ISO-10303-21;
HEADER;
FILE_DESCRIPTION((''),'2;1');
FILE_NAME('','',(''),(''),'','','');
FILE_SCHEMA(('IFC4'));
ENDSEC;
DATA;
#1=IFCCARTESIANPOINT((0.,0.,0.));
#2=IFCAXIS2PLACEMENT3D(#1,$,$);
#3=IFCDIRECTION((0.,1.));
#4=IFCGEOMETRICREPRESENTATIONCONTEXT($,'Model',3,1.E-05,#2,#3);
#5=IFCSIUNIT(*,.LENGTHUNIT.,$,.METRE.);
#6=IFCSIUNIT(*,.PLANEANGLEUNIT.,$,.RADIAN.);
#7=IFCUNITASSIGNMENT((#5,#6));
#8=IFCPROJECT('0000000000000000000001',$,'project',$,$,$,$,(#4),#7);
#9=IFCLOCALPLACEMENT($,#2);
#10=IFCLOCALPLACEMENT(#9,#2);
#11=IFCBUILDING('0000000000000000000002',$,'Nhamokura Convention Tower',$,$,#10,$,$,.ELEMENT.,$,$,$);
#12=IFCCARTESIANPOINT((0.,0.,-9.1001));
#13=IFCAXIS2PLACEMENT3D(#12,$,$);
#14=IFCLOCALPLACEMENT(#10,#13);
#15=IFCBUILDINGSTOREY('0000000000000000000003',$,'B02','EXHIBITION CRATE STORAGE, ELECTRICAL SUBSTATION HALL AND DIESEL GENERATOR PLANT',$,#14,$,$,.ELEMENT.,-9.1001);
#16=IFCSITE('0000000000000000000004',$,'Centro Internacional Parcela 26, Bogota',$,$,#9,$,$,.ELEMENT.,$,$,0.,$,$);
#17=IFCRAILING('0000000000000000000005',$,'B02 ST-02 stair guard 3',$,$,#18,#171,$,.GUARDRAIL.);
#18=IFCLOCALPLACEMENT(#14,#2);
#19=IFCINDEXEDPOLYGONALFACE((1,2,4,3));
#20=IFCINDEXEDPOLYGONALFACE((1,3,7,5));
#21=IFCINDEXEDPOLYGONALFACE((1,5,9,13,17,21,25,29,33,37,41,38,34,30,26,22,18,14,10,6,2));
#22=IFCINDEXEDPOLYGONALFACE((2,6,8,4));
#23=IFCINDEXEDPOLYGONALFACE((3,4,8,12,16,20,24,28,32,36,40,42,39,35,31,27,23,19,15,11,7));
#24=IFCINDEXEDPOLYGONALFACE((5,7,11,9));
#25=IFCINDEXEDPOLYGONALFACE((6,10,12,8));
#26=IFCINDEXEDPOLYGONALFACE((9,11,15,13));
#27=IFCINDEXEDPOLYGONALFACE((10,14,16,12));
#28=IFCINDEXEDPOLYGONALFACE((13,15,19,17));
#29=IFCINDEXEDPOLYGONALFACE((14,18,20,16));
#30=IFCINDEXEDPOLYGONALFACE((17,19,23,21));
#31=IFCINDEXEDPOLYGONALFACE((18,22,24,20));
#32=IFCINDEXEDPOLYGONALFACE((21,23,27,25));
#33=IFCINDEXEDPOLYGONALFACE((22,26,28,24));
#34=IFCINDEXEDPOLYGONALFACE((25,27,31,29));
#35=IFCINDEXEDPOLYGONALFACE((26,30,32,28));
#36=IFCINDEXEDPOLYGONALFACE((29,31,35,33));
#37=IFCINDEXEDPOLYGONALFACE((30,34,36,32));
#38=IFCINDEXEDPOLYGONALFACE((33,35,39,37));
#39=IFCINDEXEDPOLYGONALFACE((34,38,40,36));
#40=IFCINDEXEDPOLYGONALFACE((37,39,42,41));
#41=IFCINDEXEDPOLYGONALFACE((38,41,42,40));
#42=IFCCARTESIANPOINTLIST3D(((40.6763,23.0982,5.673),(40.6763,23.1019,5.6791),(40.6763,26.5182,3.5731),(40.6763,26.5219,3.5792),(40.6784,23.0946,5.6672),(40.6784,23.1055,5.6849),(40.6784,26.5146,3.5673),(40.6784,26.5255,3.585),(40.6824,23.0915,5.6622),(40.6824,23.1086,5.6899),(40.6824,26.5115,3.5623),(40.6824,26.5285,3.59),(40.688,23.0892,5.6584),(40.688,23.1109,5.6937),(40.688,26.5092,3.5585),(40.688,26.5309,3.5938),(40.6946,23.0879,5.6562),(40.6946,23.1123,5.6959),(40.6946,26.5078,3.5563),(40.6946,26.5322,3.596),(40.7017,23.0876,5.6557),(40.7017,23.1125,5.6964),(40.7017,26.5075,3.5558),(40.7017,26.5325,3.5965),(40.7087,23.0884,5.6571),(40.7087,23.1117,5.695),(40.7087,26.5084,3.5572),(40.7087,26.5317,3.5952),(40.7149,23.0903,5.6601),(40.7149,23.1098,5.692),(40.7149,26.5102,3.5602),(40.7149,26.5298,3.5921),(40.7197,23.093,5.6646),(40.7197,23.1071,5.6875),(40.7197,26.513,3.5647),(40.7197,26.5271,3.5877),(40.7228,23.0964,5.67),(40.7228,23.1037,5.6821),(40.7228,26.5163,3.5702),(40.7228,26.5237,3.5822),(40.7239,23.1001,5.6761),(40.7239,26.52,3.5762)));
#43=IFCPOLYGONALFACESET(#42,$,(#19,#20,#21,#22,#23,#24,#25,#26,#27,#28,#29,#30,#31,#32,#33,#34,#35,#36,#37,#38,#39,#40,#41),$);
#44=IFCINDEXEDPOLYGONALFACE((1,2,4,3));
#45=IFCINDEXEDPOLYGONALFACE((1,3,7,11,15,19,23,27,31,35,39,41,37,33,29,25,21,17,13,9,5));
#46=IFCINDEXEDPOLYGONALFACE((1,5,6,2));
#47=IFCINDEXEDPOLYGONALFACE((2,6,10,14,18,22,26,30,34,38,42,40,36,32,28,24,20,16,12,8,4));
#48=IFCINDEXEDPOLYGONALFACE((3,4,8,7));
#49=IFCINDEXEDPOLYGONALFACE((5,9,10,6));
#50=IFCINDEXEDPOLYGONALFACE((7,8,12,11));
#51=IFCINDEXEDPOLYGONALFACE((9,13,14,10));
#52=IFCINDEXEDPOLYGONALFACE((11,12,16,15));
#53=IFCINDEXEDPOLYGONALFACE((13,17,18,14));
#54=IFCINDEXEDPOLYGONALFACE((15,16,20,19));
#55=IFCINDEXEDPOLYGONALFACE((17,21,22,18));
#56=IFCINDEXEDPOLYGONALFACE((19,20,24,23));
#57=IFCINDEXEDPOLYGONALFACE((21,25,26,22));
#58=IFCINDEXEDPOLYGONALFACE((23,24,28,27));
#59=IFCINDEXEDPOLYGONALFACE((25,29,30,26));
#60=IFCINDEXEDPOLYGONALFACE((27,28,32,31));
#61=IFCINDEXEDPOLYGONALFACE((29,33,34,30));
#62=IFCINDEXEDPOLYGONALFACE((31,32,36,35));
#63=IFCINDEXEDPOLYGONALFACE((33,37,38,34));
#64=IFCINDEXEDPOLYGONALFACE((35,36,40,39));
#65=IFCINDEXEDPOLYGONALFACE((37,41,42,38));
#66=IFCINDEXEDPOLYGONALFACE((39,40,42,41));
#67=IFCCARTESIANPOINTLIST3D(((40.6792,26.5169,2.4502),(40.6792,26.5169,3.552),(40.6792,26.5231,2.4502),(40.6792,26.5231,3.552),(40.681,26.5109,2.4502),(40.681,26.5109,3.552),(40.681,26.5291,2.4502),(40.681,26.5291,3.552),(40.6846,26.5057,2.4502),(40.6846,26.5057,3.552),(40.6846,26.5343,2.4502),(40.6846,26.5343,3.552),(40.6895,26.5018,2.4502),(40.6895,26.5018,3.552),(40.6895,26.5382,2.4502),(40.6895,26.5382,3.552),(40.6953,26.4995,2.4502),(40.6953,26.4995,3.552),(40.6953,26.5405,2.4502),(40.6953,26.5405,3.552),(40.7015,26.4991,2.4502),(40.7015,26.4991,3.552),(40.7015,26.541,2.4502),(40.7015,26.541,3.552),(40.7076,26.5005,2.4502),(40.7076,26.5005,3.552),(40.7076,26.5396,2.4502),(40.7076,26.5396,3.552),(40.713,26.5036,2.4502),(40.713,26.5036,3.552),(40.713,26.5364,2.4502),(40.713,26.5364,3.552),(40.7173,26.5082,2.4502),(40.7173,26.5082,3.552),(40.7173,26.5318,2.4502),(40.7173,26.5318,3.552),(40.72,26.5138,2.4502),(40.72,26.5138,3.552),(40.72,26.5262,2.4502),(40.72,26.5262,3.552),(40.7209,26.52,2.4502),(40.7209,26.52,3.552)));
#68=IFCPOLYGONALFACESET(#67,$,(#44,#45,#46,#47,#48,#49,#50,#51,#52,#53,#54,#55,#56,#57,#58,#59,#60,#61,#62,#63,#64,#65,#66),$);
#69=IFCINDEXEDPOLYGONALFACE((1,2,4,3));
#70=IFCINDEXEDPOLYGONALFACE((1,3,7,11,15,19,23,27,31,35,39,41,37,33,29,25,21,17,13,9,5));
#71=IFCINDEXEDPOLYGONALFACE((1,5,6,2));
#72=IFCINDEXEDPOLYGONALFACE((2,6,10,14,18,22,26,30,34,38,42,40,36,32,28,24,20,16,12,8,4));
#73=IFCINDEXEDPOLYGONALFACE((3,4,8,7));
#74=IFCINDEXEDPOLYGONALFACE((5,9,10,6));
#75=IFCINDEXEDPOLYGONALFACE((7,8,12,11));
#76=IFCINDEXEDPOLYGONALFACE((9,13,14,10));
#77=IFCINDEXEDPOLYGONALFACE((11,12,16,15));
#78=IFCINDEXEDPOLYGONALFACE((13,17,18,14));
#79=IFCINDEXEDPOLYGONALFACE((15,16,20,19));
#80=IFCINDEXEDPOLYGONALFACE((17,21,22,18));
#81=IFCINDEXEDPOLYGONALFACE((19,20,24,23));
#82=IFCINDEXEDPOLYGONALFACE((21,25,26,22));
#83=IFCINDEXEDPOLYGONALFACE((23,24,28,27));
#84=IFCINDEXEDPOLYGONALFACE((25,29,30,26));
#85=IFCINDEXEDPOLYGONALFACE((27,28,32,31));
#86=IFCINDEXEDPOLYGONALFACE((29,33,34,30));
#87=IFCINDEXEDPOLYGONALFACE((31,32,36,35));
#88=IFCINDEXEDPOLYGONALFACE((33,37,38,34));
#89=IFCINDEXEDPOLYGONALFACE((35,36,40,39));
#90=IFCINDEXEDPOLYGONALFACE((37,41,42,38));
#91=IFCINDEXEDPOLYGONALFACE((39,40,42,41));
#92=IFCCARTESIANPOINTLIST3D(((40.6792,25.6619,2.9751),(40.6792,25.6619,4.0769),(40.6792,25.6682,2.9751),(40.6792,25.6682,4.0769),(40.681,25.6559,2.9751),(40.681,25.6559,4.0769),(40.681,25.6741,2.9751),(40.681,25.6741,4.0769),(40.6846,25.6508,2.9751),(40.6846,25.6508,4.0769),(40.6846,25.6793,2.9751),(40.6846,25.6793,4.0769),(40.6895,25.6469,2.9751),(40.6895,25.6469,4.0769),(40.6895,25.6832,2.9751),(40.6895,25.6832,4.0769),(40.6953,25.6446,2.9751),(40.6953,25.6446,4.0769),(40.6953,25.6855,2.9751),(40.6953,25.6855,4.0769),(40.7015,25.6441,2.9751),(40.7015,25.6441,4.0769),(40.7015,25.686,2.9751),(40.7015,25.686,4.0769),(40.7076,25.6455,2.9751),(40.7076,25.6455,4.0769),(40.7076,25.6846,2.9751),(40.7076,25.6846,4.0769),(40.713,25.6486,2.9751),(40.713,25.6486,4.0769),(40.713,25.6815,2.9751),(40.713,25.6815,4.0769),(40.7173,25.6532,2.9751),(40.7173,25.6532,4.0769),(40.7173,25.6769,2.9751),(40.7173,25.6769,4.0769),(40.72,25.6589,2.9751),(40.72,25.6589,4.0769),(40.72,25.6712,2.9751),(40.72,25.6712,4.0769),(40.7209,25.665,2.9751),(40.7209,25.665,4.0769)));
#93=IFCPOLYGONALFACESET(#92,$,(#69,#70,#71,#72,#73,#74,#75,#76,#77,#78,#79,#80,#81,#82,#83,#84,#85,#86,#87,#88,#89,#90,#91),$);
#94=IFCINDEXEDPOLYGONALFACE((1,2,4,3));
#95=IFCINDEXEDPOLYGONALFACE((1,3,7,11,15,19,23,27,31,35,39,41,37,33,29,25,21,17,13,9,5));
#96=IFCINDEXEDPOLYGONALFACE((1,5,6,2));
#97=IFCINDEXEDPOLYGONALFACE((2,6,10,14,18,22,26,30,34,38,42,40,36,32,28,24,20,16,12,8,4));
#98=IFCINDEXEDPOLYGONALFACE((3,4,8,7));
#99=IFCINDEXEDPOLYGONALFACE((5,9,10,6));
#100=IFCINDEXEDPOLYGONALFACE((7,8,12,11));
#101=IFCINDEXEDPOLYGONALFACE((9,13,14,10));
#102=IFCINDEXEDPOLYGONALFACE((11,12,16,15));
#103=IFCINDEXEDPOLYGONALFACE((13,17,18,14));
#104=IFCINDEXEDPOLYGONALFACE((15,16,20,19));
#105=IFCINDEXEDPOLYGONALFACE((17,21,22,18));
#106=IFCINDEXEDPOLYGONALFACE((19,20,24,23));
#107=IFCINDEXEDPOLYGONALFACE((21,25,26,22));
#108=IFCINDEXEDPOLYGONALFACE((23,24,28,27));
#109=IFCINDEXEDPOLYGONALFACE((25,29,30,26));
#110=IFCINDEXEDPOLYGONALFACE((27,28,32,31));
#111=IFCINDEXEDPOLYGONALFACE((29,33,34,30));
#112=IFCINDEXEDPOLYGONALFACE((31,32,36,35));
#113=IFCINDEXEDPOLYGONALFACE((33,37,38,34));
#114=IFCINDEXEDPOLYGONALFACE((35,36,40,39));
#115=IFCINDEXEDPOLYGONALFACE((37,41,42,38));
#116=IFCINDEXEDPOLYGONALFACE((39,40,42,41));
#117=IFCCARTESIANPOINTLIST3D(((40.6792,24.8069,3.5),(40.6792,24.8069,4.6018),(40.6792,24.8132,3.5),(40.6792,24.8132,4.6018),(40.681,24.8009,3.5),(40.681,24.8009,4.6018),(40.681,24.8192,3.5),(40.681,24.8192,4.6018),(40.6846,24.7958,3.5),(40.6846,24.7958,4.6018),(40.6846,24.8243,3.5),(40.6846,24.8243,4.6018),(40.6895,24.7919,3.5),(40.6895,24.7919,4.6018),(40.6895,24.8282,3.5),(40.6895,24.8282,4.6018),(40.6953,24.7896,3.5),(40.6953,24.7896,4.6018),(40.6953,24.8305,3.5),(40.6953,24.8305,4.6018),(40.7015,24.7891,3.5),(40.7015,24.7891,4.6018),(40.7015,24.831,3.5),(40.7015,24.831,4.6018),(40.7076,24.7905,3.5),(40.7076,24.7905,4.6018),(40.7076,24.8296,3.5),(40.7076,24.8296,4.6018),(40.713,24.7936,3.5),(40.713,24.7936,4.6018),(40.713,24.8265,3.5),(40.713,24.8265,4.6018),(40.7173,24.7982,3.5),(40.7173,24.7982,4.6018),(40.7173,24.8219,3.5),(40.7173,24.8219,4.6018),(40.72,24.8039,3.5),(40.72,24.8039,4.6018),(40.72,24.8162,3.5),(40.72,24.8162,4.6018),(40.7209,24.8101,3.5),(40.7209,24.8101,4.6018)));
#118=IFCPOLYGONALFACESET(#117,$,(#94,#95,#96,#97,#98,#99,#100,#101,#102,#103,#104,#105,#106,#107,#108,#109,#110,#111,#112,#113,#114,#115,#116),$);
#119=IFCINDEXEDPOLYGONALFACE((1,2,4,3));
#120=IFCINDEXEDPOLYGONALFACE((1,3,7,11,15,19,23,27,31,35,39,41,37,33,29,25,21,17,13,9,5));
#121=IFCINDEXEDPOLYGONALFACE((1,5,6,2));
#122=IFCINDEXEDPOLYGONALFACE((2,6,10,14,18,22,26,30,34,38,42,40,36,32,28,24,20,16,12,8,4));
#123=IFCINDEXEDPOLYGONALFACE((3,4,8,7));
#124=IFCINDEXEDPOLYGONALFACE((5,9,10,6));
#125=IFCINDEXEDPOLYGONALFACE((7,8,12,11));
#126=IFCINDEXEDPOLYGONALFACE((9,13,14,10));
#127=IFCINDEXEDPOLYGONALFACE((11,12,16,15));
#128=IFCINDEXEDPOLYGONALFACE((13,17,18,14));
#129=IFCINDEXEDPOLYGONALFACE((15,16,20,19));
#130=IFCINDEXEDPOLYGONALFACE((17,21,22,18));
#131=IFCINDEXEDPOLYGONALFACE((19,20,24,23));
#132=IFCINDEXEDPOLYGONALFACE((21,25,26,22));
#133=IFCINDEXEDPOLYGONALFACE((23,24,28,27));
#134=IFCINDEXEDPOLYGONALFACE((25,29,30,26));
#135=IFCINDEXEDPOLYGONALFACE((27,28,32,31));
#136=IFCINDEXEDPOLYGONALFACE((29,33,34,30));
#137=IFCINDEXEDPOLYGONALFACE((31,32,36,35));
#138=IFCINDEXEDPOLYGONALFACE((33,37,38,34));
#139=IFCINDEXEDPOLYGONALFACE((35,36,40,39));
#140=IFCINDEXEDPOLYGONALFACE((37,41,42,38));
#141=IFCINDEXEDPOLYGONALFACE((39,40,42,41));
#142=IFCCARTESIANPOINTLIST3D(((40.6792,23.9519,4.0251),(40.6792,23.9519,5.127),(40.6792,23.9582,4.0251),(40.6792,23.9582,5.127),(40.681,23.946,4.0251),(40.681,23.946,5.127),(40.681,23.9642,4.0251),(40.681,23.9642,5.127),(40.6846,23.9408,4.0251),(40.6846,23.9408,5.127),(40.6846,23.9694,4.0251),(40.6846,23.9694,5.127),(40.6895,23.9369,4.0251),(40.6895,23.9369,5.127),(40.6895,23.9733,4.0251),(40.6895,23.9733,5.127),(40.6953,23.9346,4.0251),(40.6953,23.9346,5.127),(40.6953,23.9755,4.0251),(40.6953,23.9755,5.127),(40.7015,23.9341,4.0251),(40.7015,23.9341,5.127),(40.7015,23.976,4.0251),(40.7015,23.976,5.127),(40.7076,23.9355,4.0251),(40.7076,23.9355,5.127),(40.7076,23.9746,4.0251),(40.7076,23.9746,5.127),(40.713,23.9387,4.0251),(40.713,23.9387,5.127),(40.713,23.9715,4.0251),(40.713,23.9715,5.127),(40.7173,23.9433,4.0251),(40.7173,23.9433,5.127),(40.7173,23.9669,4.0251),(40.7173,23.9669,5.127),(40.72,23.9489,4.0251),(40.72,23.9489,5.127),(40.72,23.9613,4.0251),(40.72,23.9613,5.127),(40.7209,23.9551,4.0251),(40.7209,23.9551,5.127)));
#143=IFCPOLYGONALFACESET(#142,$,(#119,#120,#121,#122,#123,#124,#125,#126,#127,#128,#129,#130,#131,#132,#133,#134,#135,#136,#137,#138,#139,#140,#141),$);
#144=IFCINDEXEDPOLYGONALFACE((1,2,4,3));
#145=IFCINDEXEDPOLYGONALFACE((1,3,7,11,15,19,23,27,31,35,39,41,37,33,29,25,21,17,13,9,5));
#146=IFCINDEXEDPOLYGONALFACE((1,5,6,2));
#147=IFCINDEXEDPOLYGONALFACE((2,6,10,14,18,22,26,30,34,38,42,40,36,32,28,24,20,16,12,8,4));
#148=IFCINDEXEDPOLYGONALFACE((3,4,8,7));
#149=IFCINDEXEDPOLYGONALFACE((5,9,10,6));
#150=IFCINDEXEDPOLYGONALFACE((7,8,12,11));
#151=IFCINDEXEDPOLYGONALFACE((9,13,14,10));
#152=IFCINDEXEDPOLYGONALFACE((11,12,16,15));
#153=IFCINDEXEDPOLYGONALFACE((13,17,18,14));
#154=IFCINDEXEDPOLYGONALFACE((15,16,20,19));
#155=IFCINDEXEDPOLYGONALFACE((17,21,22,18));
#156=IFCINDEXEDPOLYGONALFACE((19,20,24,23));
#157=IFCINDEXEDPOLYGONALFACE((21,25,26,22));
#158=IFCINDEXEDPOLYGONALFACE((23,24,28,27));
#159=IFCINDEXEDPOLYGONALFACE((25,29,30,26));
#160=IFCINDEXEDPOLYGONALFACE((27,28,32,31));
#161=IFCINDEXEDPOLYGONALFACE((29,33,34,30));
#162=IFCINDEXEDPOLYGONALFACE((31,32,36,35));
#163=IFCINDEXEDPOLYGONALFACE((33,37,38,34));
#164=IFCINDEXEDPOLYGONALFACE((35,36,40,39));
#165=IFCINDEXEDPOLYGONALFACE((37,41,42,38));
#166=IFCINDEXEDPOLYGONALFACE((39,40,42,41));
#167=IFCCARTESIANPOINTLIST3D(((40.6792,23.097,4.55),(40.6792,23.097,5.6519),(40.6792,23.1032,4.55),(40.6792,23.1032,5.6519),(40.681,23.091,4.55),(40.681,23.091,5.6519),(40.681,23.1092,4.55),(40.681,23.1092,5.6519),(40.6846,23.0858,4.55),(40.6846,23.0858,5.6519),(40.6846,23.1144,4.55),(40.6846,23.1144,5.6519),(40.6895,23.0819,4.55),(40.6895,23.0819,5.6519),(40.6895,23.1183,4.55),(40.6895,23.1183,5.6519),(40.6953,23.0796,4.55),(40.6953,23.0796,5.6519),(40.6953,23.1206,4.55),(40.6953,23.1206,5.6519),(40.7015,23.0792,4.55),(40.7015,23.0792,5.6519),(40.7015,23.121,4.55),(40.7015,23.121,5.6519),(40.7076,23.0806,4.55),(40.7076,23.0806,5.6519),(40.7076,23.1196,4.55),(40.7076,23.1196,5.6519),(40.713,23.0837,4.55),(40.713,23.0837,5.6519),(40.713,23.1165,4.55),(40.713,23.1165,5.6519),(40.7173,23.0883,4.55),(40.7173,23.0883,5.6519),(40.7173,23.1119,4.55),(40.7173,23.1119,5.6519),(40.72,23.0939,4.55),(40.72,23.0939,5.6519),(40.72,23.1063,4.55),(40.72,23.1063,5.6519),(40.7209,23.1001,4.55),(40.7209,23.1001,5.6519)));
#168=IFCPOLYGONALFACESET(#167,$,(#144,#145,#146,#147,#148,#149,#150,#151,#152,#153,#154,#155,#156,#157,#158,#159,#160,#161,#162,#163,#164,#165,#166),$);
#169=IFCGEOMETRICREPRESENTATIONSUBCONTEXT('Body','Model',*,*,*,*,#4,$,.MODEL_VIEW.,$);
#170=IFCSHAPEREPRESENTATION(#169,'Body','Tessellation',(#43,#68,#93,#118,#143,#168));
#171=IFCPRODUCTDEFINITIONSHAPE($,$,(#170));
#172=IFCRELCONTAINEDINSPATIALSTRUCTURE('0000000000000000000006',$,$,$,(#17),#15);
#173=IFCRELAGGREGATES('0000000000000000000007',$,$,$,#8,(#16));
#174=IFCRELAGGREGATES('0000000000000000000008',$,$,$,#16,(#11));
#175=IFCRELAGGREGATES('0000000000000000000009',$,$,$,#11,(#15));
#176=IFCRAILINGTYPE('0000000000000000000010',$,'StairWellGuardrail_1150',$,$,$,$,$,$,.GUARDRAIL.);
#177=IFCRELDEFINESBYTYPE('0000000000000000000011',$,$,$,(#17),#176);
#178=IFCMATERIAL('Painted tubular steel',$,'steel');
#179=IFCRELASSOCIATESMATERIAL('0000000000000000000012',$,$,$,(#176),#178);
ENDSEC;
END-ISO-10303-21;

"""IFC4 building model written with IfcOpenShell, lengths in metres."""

from ifc_helpers import new_model, si_unit, direction, frame, origin, origin_2d, place, context, subcontext, project, spatial, circle, extrude, material, type_object, element, save


model = new_model("IFC4")

# Units and contexts
model_context = context("Model", 3, precision=1e-05, world=origin(), true_north=direction((0.0, 1.0)))
body_context = subcontext(model_context, "Body", "Model", "MODEL_VIEW")
ifc_project = project(units=[si_unit("LENGTHUNIT", "METRE"), si_unit("PLANEANGLEUNIT", "RADIAN")], contexts=[model_context])

# Site, building, storey
site_placement = place(None, origin())
site = spatial("IfcSite", under=ifc_project, at=site_placement, Name="Centro Internacional Parcela 26, Bogota", CompositionType="ELEMENT", RefElevation=0.0)
building_placement = place(site_placement, origin())
building = spatial("IfcBuilding", under=site, at=building_placement, Name="Nhamokura Convention Tower", CompositionType="ELEMENT")
storey_placement = place(building_placement, frame((0.0, 0.0, -9.1001)))
storey = spatial("IfcBuildingStorey", under=building, at=storey_placement, Name="B02", Description="EXHIBITION CRATE STORAGE, ELECTRICAL SUBSTATION HALL AND DIESEL GENERATOR PLANT", CompositionType="ELEMENT", Elevation=-9.1001)

# Railing
ifc_material_1 = material(Name="Painted tubular steel", Category="steel")
railing_type_1 = type_object("IfcRailingType", Name="StairWellGuardrail_1150", PredefinedType="GUARDRAIL", material=ifc_material_1)
railing_1_placement = place(storey_placement, frame((40.7, 26.52, 2.4502)))
element("IfcRailing", 1, at=railing_1_placement, inside=storey, type_object=railing_type_1, Name="B02 ST-02 stair guard 3", PredefinedType="GUARDRAIL", context=body_context, shape_type="SweptSolid", body=[
    extrude(circle(Radius=0.0239, at=origin_2d()), frame((0.0, 0.0, 1.126), z_axis=(0.0, -0.852182, 0.523245), x_axis=(1.0, 0.0, 0.0)), (0.0, 0.0, 1.0), 4.0132),
    extrude(circle(Radius=0.021, at=origin_2d()), origin(), (0.0, 0.0, 1.0), 1.1018),
    extrude(circle(Radius=0.021, at=origin_2d()), frame((0.0, -0.855, 0.5249)), (0.0, 0.0, 1.0), 1.1018),
    extrude(circle(Radius=0.021, at=origin_2d()), frame((0.0, -1.71, 1.0498)), (0.0, 0.0, 1.0), 1.1018),
    extrude(circle(Radius=0.021, at=origin_2d()), frame((0.0, -2.5649, 1.575)), (0.0, 0.0, 1.0), 1.1018),
    extrude(circle(Radius=0.021, at=origin_2d()), frame((0.0, -3.4199, 2.0999)), (0.0, 0.0, 1.0), 1.1018),
])

save(model, "model.ifc")
